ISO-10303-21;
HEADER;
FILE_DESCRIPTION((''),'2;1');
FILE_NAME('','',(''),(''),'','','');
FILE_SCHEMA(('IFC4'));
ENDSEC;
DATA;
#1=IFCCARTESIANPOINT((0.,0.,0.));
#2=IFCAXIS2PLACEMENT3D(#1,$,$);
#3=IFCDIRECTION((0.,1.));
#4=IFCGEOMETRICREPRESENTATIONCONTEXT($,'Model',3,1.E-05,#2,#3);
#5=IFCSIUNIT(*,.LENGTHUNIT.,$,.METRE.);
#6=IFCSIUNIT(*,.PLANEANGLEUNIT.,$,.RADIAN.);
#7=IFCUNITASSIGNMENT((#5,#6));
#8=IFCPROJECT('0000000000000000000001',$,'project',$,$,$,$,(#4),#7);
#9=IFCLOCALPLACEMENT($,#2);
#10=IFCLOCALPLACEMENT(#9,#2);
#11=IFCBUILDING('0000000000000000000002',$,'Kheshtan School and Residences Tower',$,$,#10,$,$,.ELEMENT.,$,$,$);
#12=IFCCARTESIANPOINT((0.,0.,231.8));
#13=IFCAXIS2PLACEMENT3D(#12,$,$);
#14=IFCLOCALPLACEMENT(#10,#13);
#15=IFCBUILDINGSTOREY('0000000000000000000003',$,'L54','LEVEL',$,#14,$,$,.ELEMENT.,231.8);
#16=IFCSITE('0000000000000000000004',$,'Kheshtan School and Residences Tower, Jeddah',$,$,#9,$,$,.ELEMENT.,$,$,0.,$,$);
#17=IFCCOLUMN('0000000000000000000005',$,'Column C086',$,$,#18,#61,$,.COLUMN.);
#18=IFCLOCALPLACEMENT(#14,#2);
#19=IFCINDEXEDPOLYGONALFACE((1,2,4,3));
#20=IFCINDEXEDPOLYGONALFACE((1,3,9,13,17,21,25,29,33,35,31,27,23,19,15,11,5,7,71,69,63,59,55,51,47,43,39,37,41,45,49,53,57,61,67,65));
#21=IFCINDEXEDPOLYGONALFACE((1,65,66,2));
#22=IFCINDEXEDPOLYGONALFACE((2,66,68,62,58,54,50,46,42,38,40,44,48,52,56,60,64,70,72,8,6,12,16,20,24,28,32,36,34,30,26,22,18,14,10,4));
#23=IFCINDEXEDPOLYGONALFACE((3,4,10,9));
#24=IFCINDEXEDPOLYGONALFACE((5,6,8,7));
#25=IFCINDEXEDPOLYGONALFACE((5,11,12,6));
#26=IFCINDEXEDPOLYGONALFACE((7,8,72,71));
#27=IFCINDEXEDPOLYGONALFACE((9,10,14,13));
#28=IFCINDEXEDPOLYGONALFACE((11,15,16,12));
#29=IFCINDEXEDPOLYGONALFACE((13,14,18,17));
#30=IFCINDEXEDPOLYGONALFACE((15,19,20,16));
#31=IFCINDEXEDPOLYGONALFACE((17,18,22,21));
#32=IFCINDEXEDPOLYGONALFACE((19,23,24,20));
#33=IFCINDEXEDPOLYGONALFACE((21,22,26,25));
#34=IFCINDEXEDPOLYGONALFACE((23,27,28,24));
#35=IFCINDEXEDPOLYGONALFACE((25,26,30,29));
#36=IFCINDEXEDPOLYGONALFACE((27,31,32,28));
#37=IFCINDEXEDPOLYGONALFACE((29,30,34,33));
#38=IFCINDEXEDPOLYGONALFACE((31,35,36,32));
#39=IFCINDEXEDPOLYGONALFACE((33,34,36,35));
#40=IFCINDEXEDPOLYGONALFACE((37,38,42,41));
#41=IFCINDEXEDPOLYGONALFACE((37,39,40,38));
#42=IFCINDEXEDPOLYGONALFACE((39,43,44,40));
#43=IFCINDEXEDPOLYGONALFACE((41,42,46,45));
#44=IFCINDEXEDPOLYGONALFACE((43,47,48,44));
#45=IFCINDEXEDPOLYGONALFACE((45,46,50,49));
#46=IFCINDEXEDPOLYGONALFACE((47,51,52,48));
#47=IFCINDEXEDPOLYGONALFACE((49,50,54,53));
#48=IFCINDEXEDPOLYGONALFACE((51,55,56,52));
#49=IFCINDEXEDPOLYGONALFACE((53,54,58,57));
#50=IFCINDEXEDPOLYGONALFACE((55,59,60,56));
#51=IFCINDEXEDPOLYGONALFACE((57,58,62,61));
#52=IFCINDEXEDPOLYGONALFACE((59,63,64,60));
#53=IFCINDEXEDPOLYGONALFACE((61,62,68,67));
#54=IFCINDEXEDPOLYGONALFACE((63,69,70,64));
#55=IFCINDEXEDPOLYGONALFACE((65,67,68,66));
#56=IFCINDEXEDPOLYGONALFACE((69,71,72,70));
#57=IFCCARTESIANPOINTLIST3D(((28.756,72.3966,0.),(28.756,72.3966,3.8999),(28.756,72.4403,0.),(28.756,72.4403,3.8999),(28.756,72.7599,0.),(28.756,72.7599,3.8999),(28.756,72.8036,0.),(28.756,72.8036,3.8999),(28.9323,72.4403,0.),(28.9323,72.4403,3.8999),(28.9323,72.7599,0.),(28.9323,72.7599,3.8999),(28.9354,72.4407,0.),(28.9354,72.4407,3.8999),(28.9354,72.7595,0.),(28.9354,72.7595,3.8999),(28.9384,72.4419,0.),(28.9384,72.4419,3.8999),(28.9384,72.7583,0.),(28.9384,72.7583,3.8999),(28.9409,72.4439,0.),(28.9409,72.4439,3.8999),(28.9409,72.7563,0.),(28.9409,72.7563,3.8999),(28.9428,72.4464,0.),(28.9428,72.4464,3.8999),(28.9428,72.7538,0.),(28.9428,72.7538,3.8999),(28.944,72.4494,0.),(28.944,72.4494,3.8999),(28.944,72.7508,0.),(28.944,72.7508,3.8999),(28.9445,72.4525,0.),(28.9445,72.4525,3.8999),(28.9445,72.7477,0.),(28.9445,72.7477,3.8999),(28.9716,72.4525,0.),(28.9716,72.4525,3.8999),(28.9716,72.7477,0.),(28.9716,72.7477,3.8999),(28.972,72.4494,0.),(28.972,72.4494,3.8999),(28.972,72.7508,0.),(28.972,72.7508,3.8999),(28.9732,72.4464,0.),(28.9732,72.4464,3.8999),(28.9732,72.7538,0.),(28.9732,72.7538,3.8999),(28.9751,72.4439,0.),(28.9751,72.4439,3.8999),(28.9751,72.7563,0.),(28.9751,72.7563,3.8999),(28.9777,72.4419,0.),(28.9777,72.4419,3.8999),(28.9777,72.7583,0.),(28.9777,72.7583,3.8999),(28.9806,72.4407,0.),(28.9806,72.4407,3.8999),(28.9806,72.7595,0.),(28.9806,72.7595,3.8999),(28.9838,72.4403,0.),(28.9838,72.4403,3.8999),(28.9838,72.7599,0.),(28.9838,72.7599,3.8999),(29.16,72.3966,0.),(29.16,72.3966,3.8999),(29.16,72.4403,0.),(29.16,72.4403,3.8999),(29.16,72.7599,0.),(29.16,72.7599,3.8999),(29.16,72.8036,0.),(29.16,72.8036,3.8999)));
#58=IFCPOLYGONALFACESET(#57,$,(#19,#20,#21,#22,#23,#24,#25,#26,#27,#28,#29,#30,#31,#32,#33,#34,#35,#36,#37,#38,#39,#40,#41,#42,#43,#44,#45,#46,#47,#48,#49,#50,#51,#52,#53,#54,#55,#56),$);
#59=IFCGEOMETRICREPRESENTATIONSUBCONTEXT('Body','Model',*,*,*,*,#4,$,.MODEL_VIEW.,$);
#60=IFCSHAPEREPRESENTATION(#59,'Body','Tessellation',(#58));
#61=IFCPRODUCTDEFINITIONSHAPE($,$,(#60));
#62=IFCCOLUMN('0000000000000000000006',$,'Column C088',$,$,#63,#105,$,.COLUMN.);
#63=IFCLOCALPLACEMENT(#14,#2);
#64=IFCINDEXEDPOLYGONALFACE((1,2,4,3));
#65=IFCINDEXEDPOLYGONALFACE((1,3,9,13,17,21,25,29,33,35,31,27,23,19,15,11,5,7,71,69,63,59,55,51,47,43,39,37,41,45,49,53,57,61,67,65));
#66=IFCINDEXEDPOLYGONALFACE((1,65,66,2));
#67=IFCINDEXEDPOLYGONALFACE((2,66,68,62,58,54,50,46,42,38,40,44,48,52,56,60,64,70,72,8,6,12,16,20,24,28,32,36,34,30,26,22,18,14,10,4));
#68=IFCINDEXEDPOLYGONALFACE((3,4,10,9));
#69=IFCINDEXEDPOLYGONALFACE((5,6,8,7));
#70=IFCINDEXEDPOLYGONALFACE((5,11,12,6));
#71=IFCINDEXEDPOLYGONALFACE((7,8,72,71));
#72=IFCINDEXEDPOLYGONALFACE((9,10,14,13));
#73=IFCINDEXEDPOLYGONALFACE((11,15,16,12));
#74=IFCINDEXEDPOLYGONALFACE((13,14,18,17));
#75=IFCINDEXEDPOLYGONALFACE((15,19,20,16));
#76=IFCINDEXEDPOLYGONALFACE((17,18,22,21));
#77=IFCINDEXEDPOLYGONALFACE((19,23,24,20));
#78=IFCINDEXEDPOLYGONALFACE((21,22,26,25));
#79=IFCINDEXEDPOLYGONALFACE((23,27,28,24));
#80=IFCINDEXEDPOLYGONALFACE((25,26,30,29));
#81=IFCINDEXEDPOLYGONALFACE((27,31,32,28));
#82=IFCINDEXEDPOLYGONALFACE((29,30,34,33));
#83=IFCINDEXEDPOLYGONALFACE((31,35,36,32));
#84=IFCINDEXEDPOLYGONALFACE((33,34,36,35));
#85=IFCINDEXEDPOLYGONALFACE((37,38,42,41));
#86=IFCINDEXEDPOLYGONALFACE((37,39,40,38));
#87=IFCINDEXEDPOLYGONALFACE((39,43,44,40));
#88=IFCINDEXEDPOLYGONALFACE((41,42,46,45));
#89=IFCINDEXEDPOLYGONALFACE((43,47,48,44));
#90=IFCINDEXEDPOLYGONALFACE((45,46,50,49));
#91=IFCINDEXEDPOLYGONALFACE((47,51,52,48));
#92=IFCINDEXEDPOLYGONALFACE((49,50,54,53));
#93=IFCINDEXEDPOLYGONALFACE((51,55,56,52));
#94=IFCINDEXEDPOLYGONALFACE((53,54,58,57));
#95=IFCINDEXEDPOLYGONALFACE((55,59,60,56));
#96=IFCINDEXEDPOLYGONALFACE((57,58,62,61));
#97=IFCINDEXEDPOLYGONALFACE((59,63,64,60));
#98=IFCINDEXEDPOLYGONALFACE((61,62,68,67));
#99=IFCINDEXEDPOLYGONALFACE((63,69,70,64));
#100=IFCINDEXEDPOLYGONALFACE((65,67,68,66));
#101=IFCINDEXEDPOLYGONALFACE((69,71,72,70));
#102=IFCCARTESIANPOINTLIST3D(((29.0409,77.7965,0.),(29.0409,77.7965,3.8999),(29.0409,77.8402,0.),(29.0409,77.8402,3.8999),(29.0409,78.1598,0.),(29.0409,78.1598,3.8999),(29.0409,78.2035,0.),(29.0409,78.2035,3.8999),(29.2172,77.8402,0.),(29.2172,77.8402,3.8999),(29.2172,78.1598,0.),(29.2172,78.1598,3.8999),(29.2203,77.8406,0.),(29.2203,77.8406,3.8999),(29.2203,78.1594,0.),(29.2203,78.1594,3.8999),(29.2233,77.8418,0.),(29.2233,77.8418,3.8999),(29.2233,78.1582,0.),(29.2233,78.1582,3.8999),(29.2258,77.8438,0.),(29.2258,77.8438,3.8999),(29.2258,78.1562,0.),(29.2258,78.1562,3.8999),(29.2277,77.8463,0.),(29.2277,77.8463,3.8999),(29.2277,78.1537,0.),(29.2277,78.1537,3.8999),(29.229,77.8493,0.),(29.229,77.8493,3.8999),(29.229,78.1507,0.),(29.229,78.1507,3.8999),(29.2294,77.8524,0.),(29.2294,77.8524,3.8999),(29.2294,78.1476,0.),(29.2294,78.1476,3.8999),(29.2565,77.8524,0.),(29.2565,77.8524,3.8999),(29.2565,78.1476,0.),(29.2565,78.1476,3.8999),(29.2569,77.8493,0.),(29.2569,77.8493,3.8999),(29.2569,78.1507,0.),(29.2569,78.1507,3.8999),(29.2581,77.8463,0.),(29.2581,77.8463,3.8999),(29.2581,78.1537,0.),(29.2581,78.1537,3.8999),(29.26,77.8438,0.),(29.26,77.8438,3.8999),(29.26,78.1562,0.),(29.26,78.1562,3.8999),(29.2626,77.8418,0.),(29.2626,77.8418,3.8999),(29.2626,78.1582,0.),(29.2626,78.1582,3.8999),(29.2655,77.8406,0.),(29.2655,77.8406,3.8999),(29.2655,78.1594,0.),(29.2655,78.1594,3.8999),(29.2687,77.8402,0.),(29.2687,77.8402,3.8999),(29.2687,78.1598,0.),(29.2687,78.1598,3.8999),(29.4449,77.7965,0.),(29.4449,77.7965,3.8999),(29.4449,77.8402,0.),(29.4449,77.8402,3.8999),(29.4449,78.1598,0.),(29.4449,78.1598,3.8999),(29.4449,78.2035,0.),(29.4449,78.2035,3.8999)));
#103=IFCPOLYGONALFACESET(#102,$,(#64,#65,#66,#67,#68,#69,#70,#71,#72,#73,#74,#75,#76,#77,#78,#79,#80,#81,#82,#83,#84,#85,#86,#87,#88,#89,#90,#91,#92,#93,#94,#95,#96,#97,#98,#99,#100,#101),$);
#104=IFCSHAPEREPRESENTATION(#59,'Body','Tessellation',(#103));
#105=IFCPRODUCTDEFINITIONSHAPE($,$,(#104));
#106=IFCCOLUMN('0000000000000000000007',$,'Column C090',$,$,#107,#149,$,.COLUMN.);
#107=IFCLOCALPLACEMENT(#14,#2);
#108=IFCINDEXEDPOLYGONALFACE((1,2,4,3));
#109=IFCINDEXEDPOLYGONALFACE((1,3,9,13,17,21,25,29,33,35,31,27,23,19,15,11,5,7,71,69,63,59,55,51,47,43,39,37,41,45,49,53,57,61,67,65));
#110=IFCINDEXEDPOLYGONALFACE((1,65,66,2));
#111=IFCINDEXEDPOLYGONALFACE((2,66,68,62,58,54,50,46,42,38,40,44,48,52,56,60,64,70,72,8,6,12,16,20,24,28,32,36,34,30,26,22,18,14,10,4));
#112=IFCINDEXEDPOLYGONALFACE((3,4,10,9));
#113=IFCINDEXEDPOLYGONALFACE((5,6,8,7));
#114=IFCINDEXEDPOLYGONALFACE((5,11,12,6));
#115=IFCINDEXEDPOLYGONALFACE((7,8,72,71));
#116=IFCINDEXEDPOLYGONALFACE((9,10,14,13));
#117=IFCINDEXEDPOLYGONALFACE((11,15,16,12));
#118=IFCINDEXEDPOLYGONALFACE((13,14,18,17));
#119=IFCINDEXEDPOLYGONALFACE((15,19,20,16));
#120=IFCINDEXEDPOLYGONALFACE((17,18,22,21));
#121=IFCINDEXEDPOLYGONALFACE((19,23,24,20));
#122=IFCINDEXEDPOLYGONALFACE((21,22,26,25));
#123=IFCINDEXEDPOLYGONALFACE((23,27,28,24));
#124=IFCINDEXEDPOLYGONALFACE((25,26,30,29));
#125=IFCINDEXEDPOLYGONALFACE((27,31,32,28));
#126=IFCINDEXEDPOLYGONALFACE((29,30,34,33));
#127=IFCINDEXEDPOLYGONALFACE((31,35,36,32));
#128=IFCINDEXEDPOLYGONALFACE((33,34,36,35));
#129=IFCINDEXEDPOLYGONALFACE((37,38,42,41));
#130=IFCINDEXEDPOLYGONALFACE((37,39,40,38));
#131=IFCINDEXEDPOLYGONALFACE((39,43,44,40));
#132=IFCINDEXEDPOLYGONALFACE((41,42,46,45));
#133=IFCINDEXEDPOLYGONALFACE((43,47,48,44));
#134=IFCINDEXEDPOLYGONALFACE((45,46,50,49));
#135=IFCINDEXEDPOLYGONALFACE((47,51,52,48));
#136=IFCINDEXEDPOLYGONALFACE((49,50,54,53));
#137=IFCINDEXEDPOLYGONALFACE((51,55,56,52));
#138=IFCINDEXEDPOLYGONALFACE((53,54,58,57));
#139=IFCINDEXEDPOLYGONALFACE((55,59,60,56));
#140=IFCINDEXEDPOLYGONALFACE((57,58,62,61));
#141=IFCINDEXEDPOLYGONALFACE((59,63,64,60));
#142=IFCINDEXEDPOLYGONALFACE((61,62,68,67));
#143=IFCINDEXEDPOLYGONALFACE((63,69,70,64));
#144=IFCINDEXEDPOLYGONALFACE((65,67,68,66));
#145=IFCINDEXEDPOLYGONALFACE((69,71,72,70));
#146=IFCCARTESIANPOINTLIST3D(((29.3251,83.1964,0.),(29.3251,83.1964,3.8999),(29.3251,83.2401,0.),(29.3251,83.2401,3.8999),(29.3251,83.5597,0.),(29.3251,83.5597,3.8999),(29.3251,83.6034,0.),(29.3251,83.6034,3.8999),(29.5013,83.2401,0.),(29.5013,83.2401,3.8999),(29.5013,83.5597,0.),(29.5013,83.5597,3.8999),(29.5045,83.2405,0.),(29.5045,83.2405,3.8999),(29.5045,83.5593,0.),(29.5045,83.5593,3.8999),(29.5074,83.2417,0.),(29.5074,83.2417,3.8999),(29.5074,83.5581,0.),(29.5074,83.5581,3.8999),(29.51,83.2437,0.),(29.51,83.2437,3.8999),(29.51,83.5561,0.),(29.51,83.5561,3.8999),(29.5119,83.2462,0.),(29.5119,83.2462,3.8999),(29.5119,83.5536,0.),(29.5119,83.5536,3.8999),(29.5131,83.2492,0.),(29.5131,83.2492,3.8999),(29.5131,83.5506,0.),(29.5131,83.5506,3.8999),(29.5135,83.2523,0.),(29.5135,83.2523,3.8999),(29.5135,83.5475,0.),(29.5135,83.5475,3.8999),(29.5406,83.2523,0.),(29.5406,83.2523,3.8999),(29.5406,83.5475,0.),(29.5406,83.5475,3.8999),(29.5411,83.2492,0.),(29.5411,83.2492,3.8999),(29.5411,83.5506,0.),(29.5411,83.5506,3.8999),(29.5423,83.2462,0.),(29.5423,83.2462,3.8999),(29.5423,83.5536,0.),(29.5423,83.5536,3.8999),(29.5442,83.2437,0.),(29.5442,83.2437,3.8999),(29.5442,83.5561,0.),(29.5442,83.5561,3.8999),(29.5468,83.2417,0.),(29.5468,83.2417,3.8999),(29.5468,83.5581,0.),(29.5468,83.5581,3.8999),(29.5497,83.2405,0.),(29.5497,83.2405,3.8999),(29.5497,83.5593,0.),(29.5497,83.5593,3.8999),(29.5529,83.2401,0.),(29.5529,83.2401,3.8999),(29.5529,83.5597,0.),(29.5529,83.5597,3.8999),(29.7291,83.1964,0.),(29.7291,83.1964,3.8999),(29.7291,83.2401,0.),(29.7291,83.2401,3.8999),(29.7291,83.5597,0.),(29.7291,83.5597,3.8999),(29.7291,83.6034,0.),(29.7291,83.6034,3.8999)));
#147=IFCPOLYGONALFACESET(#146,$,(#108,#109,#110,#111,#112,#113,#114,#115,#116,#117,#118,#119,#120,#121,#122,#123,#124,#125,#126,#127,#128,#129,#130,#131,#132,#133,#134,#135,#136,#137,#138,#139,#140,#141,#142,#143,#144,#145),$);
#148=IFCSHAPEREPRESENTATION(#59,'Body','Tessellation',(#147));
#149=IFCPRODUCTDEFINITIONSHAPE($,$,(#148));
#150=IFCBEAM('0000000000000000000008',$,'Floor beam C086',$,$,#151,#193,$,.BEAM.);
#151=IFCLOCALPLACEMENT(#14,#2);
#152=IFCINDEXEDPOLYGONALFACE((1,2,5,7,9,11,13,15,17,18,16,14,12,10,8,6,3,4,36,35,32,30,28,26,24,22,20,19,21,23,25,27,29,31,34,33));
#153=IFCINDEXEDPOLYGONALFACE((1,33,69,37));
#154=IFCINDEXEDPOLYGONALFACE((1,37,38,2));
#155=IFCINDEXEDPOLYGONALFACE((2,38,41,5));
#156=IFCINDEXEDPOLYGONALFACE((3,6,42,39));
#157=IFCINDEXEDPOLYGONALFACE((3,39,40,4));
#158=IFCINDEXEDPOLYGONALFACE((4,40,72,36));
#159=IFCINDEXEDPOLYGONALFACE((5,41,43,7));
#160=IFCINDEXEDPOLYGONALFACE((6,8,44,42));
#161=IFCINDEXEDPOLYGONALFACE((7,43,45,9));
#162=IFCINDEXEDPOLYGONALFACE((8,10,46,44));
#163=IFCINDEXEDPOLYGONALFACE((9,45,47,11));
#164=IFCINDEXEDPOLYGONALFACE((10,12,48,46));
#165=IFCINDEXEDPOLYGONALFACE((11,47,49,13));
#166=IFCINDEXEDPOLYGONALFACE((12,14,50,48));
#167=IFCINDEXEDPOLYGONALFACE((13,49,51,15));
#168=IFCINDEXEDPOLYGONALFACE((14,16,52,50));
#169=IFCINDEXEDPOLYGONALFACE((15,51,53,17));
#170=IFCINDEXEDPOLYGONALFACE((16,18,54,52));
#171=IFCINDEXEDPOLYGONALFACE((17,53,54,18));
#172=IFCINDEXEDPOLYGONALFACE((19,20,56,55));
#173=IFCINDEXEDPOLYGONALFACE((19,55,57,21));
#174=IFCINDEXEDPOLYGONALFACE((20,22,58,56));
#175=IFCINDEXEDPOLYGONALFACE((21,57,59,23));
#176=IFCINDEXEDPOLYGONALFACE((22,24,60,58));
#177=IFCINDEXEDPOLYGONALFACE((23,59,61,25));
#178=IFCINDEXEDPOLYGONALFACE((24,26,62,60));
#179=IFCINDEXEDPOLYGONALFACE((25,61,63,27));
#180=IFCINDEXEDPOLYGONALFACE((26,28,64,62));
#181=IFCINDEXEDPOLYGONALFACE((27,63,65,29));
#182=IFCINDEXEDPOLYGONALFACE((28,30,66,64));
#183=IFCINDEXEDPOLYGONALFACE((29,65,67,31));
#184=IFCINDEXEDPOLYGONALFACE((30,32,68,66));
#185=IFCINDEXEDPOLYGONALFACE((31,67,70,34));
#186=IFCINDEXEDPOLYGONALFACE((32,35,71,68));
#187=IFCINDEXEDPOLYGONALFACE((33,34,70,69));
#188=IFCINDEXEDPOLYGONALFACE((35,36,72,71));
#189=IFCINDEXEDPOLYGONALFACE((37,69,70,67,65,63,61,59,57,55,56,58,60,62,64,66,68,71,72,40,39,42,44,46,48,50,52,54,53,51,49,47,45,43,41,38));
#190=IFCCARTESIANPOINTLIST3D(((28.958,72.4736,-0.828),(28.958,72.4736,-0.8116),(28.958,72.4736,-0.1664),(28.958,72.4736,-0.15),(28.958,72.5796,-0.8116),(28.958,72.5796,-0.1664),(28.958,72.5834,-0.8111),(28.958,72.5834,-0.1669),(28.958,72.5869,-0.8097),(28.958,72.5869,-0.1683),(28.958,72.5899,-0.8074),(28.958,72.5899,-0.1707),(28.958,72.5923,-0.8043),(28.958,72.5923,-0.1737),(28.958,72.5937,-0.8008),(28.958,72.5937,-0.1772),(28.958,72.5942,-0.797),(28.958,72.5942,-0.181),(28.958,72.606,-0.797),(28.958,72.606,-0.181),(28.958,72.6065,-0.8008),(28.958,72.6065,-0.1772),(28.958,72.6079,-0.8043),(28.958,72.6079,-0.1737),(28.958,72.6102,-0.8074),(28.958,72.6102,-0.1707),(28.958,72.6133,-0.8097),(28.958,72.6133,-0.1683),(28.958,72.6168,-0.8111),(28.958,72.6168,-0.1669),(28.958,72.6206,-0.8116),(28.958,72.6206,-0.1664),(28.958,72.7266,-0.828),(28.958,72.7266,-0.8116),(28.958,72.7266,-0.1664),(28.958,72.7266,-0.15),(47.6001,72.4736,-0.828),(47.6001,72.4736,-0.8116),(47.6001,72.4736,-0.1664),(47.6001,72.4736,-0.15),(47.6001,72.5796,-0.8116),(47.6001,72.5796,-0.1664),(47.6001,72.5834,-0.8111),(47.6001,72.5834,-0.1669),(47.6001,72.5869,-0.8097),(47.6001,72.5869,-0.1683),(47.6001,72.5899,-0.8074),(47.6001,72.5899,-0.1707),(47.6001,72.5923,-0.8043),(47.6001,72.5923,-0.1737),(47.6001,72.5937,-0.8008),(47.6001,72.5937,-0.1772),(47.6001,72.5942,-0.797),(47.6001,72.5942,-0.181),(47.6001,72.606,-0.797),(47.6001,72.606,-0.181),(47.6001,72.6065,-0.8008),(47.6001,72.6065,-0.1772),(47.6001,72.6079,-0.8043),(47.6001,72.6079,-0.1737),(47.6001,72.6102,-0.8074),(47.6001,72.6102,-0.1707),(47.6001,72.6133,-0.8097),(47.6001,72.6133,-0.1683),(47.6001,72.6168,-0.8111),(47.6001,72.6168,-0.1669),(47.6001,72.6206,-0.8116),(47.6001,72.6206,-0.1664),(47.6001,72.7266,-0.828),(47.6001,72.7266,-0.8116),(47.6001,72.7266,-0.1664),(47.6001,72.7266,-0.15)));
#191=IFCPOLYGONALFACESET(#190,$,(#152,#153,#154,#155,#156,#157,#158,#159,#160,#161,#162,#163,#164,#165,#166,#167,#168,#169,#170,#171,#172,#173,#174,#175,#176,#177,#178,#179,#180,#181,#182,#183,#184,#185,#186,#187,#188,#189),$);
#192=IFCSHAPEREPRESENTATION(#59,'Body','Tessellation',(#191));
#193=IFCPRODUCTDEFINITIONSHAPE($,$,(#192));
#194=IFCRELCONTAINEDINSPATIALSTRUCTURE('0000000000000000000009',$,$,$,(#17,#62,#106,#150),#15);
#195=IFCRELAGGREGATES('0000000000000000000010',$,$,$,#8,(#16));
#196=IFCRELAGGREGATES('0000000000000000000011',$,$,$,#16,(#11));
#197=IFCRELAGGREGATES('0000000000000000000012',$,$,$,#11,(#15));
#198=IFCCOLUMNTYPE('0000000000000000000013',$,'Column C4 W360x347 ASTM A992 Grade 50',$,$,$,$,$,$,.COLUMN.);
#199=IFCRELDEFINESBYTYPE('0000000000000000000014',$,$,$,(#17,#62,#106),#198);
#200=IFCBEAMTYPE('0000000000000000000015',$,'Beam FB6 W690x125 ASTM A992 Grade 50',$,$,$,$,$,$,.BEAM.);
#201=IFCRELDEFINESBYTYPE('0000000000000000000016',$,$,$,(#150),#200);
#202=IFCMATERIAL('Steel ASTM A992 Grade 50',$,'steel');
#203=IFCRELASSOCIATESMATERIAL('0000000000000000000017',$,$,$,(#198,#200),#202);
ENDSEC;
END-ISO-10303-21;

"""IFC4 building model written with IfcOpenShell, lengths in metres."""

from ifc_helpers import new_model, si_unit, direction, frame, origin, origin_2d, place, context, subcontext, project, spatial, i_section, extrude, material, material_profile, profile_set, type_object, element, save


model = new_model("IFC4")

# Units and contexts
model_context = context("Model", 3, precision=1e-05, world=origin(), true_north=direction((0.0, 1.0)))
body_context = subcontext(model_context, "Body", "Model", "MODEL_VIEW")
ifc_project = project(units=[si_unit("LENGTHUNIT", "METRE"), si_unit("PLANEANGLEUNIT", "RADIAN")], contexts=[model_context])

# Site, building, storey
site_placement = place(None, origin())
site = spatial("IfcSite", under=ifc_project, at=site_placement, Name="Kheshtan School and Residences Tower, Jeddah", CompositionType="ELEMENT", RefElevation=0.0)
building_placement = place(site_placement, origin())
building = spatial("IfcBuilding", under=site, at=building_placement, Name="Kheshtan School and Residences Tower", CompositionType="ELEMENT")
storey_placement = place(building_placement, frame((0.0, 0.0, 231.8)))
storey = spatial("IfcBuildingStorey", under=building, at=storey_placement, Name="L54", Description="LEVEL", CompositionType="ELEMENT", Elevation=231.8)

# Columns
ifc_material_1 = material(Name="Steel ASTM A992 Grade 50", Category="steel")
ifc_material_profile_1 = material_profile(ifc_material_1, i_section(OverallWidth=0.4041, OverallDepth=0.407, WebThickness=0.0271, FlangeThickness=0.0437, FilletRadius=0.0122, at=origin_2d()), Name="W360x347")
ifc_profile_set_1 = profile_set([ifc_material_profile_1], Name="Steel ASTM A992 Grade 50")
column_type = type_object("IfcColumnType", Name="Column C4 W360x347 ASTM A992 Grade 50", PredefinedType="COLUMN", material=ifc_profile_set_1)
for number, where, z_axis, x_axis, name in (
    (1, (28.958, 72.6001, 0.0), (0.0, 0.0, 1.0), (1.0, 0.0, 0.0), "Column C086"),
    (2, (29.2429, 78.0, 0.0), (0.0, 0.0, 1.0), (1.0, 0.0, 0.0), "Column C088"),
    (3, (29.5271, 83.3999, 0.0), (0.0, 0.0, 1.0), (1.0, 0.0, 0.0), "Column C090"),
):
    element("IfcColumn", number, at=place(storey_placement, frame(where, z_axis=z_axis, x_axis=x_axis)), inside=storey, type_object=column_type, Name=name, PredefinedType="COLUMN", context=body_context, shape_type="SweptSolid", body=[
        extrude(i_section(OverallWidth=0.4041, OverallDepth=0.407, WebThickness=0.0271, FlangeThickness=0.0437, FilletRadius=0.0122, at=origin_2d()), origin(), (0.0, 0.0, 1.0), 3.8999),
    ])

# Beam
ifc_material_profile_2 = material_profile(ifc_material_1, i_section(OverallWidth=0.2529, OverallDepth=0.678, WebThickness=0.0117, FlangeThickness=0.0164, FilletRadius=0.0146, at=origin_2d()), Name="W690x125")
ifc_profile_set_2 = profile_set([ifc_material_profile_2], Name="Steel ASTM A992 Grade 50")
beam_type_1 = type_object("IfcBeamType", Name="Beam FB6 W690x125 ASTM A992 Grade 50", PredefinedType="BEAM", material=ifc_profile_set_2)
beam_placement = place(storey_placement, frame((28.958, 72.6001, -0.489), z_axis=(1.0, 0.0, 0.0), x_axis=(0.0, 1.0, 0.0)))
element("IfcBeam", 4, at=beam_placement, inside=storey, type_object=beam_type_1, Name="Floor beam C086", PredefinedType="BEAM", context=body_context, shape_type="SweptSolid", body=[
    extrude(i_section(OverallWidth=0.2529, OverallDepth=0.678, WebThickness=0.0117, FlangeThickness=0.0164, FilletRadius=0.0146, at=origin_2d()), origin(), (0.0, 0.0, 1.0), 18.6421),
])

save(model, "model.ifc")
